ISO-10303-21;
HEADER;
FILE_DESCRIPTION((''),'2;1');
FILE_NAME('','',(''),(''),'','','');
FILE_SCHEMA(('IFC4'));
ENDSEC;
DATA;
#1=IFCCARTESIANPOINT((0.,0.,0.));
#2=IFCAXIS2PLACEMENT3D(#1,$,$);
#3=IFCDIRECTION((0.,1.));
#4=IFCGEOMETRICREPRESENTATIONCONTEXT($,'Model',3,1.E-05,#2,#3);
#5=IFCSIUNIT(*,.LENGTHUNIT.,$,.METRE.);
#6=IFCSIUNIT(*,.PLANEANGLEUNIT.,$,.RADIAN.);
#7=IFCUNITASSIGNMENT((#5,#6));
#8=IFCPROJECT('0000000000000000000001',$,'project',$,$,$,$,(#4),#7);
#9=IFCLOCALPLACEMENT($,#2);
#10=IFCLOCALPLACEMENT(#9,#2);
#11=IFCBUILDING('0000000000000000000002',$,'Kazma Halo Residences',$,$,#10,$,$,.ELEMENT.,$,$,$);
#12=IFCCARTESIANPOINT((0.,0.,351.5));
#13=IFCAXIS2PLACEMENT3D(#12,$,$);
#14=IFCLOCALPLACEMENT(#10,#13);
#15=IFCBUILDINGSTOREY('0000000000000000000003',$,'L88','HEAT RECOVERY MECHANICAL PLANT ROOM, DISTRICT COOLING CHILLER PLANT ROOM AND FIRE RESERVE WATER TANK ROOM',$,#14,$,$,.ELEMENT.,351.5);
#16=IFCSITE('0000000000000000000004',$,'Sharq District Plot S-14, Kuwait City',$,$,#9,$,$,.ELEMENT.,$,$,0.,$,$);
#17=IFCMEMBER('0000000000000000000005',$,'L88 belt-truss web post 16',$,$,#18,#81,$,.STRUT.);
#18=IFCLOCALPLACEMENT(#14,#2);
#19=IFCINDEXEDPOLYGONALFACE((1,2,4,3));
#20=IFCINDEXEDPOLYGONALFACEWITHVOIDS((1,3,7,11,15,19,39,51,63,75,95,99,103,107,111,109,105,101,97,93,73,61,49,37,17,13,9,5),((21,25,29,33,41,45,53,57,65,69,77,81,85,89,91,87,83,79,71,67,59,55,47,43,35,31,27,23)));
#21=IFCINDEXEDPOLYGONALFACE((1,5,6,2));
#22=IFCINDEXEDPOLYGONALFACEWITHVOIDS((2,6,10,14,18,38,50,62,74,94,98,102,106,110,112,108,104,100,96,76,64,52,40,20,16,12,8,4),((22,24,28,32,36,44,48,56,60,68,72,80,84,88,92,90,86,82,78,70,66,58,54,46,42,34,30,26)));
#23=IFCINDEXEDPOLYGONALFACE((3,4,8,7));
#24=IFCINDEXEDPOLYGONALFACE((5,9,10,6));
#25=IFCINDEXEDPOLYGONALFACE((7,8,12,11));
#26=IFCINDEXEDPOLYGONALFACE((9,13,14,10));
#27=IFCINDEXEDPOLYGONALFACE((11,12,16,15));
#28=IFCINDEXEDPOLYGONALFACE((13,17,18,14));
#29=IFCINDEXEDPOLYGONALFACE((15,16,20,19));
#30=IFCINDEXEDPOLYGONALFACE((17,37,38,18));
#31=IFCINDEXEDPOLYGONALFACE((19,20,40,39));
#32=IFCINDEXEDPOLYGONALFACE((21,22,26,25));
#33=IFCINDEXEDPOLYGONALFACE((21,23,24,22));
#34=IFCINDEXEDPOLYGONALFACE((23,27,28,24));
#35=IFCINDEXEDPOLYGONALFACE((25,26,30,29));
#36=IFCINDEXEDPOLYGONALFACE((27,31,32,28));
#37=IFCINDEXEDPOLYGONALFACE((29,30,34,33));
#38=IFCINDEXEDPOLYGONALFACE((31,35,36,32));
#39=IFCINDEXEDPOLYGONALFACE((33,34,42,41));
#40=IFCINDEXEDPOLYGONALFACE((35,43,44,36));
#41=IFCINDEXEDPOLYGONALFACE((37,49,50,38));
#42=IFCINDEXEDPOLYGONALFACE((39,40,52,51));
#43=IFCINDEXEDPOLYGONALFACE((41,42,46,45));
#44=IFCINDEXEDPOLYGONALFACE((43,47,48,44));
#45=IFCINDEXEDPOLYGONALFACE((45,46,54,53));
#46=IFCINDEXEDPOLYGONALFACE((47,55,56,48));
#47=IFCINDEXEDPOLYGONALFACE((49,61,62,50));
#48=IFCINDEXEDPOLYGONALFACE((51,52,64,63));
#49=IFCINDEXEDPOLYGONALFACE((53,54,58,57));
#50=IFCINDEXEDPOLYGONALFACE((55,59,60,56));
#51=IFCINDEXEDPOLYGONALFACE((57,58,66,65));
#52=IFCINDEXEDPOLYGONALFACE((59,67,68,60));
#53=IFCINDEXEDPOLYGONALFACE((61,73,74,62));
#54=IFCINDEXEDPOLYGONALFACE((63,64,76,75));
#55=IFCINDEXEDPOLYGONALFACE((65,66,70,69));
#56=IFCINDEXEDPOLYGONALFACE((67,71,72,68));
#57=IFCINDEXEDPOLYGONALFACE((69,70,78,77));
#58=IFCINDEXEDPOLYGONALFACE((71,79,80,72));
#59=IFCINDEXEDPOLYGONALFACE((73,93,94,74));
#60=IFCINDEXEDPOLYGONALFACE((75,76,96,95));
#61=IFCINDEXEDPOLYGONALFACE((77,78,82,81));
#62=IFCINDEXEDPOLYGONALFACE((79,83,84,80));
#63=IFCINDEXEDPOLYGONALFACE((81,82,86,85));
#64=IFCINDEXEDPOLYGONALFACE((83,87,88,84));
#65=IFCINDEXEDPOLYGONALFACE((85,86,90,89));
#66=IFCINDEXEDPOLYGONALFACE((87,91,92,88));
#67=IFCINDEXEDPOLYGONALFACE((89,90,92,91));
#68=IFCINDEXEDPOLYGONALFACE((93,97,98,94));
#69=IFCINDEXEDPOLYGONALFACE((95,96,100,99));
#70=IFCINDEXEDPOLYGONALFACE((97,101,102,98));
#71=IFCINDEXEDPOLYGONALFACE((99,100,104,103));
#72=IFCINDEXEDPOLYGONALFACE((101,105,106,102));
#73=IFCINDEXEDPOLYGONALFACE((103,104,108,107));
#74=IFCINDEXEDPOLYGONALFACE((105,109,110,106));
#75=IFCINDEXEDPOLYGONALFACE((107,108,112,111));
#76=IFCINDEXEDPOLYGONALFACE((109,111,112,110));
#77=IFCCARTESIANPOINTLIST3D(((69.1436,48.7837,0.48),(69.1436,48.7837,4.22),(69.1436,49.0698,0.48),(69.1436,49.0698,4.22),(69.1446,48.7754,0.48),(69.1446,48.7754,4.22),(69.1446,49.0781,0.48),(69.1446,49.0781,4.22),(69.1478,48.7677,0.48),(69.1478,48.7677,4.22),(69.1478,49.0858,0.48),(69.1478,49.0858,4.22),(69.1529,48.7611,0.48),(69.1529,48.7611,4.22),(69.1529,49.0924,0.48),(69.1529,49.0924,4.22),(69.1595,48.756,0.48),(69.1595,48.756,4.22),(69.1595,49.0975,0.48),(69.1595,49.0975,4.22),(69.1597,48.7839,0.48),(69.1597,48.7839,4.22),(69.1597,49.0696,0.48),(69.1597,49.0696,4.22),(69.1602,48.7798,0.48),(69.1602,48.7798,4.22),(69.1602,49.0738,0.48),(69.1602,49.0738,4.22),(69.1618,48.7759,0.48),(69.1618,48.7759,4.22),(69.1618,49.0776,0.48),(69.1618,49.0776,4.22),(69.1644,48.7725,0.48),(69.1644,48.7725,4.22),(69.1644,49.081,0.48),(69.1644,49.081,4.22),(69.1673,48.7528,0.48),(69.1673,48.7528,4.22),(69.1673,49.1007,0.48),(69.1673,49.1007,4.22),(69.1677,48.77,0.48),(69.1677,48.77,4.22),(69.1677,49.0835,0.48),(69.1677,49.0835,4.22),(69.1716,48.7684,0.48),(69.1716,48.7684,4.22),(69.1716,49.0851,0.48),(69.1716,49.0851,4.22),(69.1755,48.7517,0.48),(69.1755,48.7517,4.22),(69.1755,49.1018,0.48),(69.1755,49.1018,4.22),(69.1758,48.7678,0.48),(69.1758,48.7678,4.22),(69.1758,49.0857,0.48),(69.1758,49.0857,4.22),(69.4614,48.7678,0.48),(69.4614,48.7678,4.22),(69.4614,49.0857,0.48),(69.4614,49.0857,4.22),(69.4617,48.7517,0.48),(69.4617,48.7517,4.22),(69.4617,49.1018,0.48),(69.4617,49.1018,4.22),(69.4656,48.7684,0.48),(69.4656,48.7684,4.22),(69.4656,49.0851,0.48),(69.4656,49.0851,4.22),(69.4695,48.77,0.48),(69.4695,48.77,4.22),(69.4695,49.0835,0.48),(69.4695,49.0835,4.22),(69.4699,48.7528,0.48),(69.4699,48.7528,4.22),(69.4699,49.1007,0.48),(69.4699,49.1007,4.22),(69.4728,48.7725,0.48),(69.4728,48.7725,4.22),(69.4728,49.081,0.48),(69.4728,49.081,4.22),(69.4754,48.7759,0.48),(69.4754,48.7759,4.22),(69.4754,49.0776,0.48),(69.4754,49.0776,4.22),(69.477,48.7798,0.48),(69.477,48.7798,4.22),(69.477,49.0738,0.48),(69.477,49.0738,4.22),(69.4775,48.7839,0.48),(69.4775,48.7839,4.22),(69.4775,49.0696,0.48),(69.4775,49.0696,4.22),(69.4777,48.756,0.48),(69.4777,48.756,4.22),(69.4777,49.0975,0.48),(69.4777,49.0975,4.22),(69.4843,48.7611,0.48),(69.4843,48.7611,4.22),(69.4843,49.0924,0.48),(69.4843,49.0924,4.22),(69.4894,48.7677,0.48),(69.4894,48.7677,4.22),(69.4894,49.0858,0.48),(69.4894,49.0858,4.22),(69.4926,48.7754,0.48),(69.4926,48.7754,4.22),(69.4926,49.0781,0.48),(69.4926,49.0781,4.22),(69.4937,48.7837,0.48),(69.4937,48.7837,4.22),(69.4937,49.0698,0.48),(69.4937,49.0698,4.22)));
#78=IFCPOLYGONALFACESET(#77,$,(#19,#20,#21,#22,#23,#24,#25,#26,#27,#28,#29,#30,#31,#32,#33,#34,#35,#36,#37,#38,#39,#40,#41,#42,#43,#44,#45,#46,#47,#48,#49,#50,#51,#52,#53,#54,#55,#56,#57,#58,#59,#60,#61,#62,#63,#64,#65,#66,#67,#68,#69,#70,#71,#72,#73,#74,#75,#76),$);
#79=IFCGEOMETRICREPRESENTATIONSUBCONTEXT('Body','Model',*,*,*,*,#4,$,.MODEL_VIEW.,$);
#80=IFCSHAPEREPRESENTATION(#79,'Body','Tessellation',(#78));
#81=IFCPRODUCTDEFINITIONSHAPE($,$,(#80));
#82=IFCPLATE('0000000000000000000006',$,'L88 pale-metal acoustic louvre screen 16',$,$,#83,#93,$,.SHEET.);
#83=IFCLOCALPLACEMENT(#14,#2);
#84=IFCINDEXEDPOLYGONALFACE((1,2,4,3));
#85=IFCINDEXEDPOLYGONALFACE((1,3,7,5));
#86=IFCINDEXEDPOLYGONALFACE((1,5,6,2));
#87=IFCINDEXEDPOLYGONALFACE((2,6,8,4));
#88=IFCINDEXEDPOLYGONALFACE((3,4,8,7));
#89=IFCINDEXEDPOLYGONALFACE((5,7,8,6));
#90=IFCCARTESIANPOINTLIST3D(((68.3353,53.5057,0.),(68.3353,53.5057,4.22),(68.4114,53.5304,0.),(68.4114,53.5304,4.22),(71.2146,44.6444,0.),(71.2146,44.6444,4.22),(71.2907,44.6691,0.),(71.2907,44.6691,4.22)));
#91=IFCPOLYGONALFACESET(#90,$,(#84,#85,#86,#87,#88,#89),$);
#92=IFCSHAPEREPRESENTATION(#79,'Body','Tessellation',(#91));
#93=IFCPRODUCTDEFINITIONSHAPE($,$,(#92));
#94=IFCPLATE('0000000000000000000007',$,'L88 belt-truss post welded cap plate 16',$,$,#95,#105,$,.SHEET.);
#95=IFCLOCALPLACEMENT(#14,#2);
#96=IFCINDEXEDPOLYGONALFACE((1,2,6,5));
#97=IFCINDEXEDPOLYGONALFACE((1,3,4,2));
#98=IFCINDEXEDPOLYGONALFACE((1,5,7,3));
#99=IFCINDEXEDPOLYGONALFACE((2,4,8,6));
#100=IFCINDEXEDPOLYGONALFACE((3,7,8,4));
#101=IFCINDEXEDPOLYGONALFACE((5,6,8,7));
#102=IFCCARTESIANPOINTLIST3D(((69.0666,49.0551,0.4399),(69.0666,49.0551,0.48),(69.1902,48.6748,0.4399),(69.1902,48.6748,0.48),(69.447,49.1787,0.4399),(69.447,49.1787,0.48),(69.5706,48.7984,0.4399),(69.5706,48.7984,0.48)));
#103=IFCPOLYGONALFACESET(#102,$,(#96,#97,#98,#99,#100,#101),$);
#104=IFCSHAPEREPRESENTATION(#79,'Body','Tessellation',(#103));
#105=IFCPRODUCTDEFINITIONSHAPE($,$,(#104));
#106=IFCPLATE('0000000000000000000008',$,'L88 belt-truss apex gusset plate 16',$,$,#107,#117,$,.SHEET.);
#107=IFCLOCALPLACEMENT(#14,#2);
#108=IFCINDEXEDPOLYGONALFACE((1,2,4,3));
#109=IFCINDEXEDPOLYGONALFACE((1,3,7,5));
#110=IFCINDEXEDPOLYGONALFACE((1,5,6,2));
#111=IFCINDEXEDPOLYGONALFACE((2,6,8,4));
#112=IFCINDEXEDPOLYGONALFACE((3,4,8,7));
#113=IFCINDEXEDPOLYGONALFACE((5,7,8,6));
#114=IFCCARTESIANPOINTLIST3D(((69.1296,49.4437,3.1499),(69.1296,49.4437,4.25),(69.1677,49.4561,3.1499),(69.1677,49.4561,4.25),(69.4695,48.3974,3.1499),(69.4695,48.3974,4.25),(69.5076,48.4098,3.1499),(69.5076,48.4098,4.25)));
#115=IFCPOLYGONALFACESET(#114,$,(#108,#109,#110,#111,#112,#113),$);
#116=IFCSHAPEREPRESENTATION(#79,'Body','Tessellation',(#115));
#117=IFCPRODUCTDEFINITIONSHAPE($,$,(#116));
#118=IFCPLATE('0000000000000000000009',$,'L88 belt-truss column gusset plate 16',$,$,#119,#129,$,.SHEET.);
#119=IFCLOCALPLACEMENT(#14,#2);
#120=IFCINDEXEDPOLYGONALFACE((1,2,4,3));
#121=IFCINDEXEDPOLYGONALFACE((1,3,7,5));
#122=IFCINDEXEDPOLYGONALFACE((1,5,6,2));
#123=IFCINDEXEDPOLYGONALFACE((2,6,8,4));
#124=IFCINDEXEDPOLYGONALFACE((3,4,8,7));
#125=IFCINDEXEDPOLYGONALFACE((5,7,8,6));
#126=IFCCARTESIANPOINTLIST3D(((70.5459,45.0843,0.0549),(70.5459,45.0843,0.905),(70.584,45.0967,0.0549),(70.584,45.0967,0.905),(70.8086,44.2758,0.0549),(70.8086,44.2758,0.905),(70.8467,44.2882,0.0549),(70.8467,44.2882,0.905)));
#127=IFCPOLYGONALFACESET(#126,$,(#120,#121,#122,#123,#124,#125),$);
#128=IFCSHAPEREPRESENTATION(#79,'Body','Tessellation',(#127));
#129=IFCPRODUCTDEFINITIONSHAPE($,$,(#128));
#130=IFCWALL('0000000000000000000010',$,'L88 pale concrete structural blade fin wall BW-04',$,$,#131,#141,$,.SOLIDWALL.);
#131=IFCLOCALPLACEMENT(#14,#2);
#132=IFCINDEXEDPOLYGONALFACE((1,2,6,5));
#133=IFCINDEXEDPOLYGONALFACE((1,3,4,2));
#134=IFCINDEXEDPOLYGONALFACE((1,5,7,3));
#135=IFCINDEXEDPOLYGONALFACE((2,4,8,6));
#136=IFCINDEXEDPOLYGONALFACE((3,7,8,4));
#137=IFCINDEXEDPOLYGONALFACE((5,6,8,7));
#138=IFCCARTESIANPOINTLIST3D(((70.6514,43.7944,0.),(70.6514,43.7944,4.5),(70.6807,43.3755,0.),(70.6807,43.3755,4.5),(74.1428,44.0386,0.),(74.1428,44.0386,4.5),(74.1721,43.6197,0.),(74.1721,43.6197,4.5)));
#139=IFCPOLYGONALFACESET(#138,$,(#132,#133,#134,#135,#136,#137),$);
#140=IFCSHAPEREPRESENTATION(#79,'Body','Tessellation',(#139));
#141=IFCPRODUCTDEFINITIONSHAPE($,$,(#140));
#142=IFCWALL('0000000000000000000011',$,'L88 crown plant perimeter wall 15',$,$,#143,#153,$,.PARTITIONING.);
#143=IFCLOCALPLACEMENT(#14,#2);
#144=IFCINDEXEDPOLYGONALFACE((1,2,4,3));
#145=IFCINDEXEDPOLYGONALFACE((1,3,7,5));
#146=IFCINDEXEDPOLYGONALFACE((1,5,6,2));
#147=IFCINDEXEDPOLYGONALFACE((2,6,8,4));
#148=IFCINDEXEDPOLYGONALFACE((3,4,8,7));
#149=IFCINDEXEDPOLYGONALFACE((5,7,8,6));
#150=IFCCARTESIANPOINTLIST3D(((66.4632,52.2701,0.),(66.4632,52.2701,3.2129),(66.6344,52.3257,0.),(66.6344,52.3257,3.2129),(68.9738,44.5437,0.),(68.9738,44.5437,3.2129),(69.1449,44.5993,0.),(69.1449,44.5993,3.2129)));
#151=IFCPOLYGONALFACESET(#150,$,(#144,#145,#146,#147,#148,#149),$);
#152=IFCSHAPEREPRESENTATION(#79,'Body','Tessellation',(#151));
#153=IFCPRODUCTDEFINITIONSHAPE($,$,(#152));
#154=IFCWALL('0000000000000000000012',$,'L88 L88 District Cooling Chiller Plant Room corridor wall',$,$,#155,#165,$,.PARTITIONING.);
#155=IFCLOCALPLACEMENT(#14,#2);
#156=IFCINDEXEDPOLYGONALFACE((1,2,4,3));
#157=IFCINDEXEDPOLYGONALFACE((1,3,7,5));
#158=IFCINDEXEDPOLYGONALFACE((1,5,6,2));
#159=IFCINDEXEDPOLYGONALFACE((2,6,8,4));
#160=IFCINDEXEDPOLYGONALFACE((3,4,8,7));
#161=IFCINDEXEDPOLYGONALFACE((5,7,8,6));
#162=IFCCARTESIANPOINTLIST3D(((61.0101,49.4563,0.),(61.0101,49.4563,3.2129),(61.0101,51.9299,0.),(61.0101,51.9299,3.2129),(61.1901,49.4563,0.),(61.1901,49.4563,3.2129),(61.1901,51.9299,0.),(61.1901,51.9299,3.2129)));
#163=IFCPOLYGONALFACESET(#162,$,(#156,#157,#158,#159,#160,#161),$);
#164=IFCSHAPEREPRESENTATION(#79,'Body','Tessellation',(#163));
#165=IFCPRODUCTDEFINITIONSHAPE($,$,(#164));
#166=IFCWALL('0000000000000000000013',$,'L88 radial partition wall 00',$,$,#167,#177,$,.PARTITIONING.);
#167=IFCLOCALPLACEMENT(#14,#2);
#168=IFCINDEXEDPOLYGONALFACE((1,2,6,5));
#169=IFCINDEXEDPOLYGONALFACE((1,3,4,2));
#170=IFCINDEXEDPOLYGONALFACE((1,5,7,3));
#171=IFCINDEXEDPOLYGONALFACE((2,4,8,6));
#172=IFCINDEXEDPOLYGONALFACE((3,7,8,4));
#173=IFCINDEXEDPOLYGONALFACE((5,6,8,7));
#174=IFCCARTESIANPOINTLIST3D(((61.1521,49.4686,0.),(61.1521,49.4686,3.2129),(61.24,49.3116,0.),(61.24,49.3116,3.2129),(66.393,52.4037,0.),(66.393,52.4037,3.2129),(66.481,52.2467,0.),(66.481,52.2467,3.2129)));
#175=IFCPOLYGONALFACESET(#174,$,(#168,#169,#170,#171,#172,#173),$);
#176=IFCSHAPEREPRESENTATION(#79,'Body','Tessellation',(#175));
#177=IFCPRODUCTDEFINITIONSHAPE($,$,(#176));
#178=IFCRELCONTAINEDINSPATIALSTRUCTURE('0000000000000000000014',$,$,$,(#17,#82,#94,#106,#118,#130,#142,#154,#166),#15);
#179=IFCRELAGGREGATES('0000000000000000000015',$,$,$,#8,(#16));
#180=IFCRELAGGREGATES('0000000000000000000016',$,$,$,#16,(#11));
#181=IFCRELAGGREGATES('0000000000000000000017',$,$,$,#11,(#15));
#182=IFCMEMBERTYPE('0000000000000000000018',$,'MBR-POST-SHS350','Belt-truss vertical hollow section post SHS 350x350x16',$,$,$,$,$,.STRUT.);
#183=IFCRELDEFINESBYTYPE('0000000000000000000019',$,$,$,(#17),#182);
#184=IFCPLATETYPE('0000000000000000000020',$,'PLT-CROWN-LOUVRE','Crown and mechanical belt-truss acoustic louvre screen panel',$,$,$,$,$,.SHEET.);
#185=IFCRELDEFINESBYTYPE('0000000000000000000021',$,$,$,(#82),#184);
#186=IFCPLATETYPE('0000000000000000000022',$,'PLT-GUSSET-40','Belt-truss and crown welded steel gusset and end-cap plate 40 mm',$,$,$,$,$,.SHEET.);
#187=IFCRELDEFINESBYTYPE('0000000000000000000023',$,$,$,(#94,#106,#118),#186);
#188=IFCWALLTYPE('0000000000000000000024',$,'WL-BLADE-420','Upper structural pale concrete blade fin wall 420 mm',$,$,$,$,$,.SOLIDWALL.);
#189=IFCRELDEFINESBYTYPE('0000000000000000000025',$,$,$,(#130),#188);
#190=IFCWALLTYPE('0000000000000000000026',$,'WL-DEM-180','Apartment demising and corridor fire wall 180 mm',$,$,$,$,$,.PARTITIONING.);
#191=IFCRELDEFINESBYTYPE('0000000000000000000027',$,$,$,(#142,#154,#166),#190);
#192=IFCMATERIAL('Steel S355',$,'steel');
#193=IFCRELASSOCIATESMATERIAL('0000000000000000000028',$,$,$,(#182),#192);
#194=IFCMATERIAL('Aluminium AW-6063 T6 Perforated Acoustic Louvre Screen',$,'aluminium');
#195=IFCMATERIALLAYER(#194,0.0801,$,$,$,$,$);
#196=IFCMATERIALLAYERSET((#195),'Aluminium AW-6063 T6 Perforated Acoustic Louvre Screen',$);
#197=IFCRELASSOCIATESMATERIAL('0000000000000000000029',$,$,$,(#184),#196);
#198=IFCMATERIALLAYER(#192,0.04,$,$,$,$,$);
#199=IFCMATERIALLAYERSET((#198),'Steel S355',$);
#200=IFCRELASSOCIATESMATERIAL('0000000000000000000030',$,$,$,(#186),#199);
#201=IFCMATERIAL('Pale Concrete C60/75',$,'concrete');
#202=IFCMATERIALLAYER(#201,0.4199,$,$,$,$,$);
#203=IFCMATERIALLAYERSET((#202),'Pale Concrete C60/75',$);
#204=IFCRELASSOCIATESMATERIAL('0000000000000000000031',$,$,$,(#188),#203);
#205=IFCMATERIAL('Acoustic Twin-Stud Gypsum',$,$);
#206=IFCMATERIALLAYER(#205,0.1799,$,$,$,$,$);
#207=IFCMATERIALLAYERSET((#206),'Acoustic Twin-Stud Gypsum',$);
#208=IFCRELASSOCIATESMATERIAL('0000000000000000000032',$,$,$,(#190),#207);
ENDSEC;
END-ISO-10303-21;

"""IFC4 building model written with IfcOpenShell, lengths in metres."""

from ifc_helpers import new_model, si_unit, direction, frame, frame_2d, origin, origin_2d, place, context, subcontext, project, spatial, rectangle, hollow_rectangle, extrude, material, layer, layer_set, material_profile, profile_set, type_object, element, save


model = new_model("IFC4")

# Units and contexts
model_context = context("Model", 3, precision=1e-05, world=origin(), true_north=direction((0.0, 1.0)))
body_context = subcontext(model_context, "Body", "Model", "MODEL_VIEW")
ifc_project = project(units=[si_unit("LENGTHUNIT", "METRE"), si_unit("PLANEANGLEUNIT", "RADIAN")], contexts=[model_context])

# Site, building, storey
site_placement = place(None, origin())
site = spatial("IfcSite", under=ifc_project, at=site_placement, Name="Sharq District Plot S-14, Kuwait City", CompositionType="ELEMENT", RefElevation=0.0)
building_placement = place(site_placement, origin())
building = spatial("IfcBuilding", under=site, at=building_placement, Name="Kazma Halo Residences", CompositionType="ELEMENT")
storey_placement = place(building_placement, frame((0.0, 0.0, 351.5)))
storey = spatial("IfcBuildingStorey", under=building, at=storey_placement, Name="L88", Description="HEAT RECOVERY MECHANICAL PLANT ROOM, DISTRICT COOLING CHILLER PLANT ROOM AND FIRE RESERVE WATER TANK ROOM", CompositionType="ELEMENT", Elevation=351.5)

# Shared definitions
ifc_material_1 = material(Name="Steel S355", Category="steel")

# Member
ifc_material_profile_1 = material_profile(ifc_material_1, hollow_rectangle(XDim=0.3501, YDim=0.3501, WallThickness=0.0161, InnerFilletRadius=0.0161, OuterFilletRadius=0.032, at=origin_2d()), Name="SHS350x350x16")
ifc_profile_set_1 = profile_set([ifc_material_profile_1], Name="Steel S355")
member_type_1 = type_object("IfcMemberType", Name="MBR-POST-SHS350", Description="Belt-truss vertical hollow section post SHS 350x350x16", PredefinedType="STRUT", material=ifc_profile_set_1)
member_1_placement = place(storey_placement, frame((69.3186, 48.9268, 0.48), z_axis=(0.0, 0.0, 1.0), x_axis=(1.0, 0.0, 0.0)))
element("IfcMember", 1, at=member_1_placement, inside=storey, type_object=member_type_1, Name="L88 belt-truss web post 16", PredefinedType="STRUT", context=body_context, shape_type="SweptSolid", body=[
    extrude(hollow_rectangle(XDim=0.3501, YDim=0.3501, WallThickness=0.0161, InnerFilletRadius=0.0161, OuterFilletRadius=0.032, at=origin_2d()), origin(), (0.0, 0.0, 1.0), 3.74),
])

# Plates
ifc_material_2 = material(Name="Aluminium AW-6063 T6 Perforated Acoustic Louvre Screen", Category="aluminium")
ifc_layer_1 = layer(ifc_material_2, 0.0801)
ifc_layer_set_1 = layer_set([ifc_layer_1], Name="Aluminium AW-6063 T6 Perforated Acoustic Louvre Screen")
plate_type_1 = type_object("IfcPlateType", Name="PLT-CROWN-LOUVRE", Description="Crown and mechanical belt-truss acoustic louvre screen panel", PredefinedType="SHEET", material=ifc_layer_set_1)
plate_1_placement = place(storey_placement, frame((69.813, 49.0874, 0.0), z_axis=(0.0, 0.0, 1.0), x_axis=(-0.309023, 0.951055, 0.0)))
element("IfcPlate", 2, at=plate_1_placement, inside=storey, type_object=plate_type_1, Name="L88 pale-metal acoustic louvre screen 16", PredefinedType="SHEET", context=body_context, shape_type="SweptSolid", body=[
    extrude(rectangle(XDim=9.3174, YDim=0.0801, at=origin_2d()), origin(), (0.0, 0.0, 1.0), 4.22),
])
ifc_layer_2 = layer(ifc_material_1, 0.04)
ifc_layer_set_2 = layer_set([ifc_layer_2], Name="Steel S355")
plate_type_2 = type_object("IfcPlateType", Name="PLT-GUSSET-40", Description="Belt-truss and crown welded steel gusset and end-cap plate 40 mm", PredefinedType="SHEET", material=ifc_layer_set_2)
plate_2_placement = place(storey_placement, frame((69.3186, 48.9268, 0.4399), z_axis=(0.0, 0.0, 1.0), x_axis=(-0.309023, 0.951055, 0.0)))
element("IfcPlate", 3, at=plate_2_placement, inside=storey, type_object=plate_type_2, Name="L88 belt-truss post welded cap plate 16", PredefinedType="SHEET", context=body_context, shape_type="SweptSolid", body=[
    extrude(rectangle(XDim=0.3999, YDim=0.3999, at=origin_2d()), origin(), (0.0, 0.0, 1.0), 0.04),
])
plate_3_placement = place(storey_placement, frame((69.3186, 48.9268, 3.1499), z_axis=(0.0, 0.0, 1.0), x_axis=(-0.309023, 0.951055, 0.0)))
element("IfcPlate", 4, at=plate_3_placement, inside=storey, type_object=plate_type_2, Name="L88 belt-truss apex gusset plate 16", PredefinedType="SHEET", context=body_context, shape_type="SweptSolid", body=[
    extrude(rectangle(XDim=1.1001, YDim=0.04, at=origin_2d()), origin(), (0.0, 0.0, 1.0), 1.1001),
])
plate_4_placement = place(storey_placement, frame((70.6963, 44.6863, 0.0549), z_axis=(0.0, 0.0, 1.0), x_axis=(-0.309023, 0.951055, 0.0)))
element("IfcPlate", 5, at=plate_4_placement, inside=storey, type_object=plate_type_2, Name="L88 belt-truss column gusset plate 16", PredefinedType="SHEET", context=body_context, shape_type="SweptSolid", body=[
    extrude(rectangle(XDim=0.8501, YDim=0.04, at=origin_2d()), origin(), (0.0, 0.0, 1.0), 0.8501),
])

# Walls
ifc_material_3 = material(Name="Pale Concrete C60/75", Category="concrete")
ifc_layer_3 = layer(ifc_material_3, 0.4199)
ifc_layer_set_3 = layer_set([ifc_layer_3], Name="Pale Concrete C60/75")
wall_type_1 = type_object("IfcWallType", Name="WL-BLADE-420", Description="Upper structural pale concrete blade fin wall 420 mm", PredefinedType="SOLIDWALL", material=ifc_layer_set_3)
wall_1_placement = place(storey_placement, frame((70.666, 43.585, 0.0), z_axis=(0.0, 0.0, 1.0), x_axis=(0.997564, 0.069755, 0.0)))
element("IfcWall", 6, at=wall_1_placement, inside=storey, type_object=wall_type_1, Name="L88 pale concrete structural blade fin wall BW-04", PredefinedType="SOLIDWALL", context=body_context, shape_type="SweptSolid", body=[
    extrude(rectangle(XDim=3.5, YDim=0.4199, at=frame_2d((1.75, 0.0))), origin(), (0.0, 0.0, 1.0), 4.5),
])
ifc_material_4 = material(Name="Acoustic Twin-Stud Gypsum")
ifc_layer_4 = layer(ifc_material_4, 0.1799)
ifc_layer_set_4 = layer_set([ifc_layer_4], Name="Acoustic Twin-Stud Gypsum")
wall_type_2 = type_object("IfcWallType", Name="WL-DEM-180", Description="Apartment demising and corridor fire wall 180 mm", PredefinedType="PARTITIONING", material=ifc_layer_set_4)
wall_2_placement = place(storey_placement, frame((69.0593, 44.5715, 0.0), z_axis=(0.0, 0.0, 1.0), x_axis=(-0.309024, 0.951054, 0.0)))
element("IfcWall", 7, at=wall_2_placement, inside=storey, type_object=wall_type_2, Name="L88 crown plant perimeter wall 15", PredefinedType="PARTITIONING", context=body_context, shape_type="SweptSolid", body=[
    extrude(rectangle(XDim=8.124, YDim=0.1799, at=frame_2d((4.062, 0.0))), origin(), (0.0, 0.0, 1.0), 3.2129),
])
wall_3_placement = place(storey_placement, frame((61.1001, 49.4563, 0.0), z_axis=(0.0, 0.0, 1.0), x_axis=(0.0, 1.0, 0.0)))
element("IfcWall", 8, at=wall_3_placement, inside=storey, type_object=wall_type_2, Name="L88 L88 District Cooling Chiller Plant Room corridor wall", PredefinedType="PARTITIONING", context=body_context, shape_type="SweptSolid", body=[
    extrude(rectangle(XDim=2.4736, YDim=0.1799, at=frame_2d((1.2368, 0.0))), origin(), (0.0, 0.0, 1.0), 3.2129),
])
wall_4_placement = place(storey_placement, frame((61.196, 49.3901, 0.0), z_axis=(0.0, 0.0, 1.0), x_axis=(0.872498, 0.488618, 0.0)))
element("IfcWall", 9, at=wall_4_placement, inside=storey, type_object=wall_type_2, Name="L88 radial partition wall 00", PredefinedType="PARTITIONING", context=body_context, shape_type="SweptSolid", body=[
    extrude(rectangle(XDim=6.0068, YDim=0.1799, at=frame_2d((3.0034, 0.0))), origin(), (0.0, 0.0, 1.0), 3.2129),
])

save(model, "model.ifc")
